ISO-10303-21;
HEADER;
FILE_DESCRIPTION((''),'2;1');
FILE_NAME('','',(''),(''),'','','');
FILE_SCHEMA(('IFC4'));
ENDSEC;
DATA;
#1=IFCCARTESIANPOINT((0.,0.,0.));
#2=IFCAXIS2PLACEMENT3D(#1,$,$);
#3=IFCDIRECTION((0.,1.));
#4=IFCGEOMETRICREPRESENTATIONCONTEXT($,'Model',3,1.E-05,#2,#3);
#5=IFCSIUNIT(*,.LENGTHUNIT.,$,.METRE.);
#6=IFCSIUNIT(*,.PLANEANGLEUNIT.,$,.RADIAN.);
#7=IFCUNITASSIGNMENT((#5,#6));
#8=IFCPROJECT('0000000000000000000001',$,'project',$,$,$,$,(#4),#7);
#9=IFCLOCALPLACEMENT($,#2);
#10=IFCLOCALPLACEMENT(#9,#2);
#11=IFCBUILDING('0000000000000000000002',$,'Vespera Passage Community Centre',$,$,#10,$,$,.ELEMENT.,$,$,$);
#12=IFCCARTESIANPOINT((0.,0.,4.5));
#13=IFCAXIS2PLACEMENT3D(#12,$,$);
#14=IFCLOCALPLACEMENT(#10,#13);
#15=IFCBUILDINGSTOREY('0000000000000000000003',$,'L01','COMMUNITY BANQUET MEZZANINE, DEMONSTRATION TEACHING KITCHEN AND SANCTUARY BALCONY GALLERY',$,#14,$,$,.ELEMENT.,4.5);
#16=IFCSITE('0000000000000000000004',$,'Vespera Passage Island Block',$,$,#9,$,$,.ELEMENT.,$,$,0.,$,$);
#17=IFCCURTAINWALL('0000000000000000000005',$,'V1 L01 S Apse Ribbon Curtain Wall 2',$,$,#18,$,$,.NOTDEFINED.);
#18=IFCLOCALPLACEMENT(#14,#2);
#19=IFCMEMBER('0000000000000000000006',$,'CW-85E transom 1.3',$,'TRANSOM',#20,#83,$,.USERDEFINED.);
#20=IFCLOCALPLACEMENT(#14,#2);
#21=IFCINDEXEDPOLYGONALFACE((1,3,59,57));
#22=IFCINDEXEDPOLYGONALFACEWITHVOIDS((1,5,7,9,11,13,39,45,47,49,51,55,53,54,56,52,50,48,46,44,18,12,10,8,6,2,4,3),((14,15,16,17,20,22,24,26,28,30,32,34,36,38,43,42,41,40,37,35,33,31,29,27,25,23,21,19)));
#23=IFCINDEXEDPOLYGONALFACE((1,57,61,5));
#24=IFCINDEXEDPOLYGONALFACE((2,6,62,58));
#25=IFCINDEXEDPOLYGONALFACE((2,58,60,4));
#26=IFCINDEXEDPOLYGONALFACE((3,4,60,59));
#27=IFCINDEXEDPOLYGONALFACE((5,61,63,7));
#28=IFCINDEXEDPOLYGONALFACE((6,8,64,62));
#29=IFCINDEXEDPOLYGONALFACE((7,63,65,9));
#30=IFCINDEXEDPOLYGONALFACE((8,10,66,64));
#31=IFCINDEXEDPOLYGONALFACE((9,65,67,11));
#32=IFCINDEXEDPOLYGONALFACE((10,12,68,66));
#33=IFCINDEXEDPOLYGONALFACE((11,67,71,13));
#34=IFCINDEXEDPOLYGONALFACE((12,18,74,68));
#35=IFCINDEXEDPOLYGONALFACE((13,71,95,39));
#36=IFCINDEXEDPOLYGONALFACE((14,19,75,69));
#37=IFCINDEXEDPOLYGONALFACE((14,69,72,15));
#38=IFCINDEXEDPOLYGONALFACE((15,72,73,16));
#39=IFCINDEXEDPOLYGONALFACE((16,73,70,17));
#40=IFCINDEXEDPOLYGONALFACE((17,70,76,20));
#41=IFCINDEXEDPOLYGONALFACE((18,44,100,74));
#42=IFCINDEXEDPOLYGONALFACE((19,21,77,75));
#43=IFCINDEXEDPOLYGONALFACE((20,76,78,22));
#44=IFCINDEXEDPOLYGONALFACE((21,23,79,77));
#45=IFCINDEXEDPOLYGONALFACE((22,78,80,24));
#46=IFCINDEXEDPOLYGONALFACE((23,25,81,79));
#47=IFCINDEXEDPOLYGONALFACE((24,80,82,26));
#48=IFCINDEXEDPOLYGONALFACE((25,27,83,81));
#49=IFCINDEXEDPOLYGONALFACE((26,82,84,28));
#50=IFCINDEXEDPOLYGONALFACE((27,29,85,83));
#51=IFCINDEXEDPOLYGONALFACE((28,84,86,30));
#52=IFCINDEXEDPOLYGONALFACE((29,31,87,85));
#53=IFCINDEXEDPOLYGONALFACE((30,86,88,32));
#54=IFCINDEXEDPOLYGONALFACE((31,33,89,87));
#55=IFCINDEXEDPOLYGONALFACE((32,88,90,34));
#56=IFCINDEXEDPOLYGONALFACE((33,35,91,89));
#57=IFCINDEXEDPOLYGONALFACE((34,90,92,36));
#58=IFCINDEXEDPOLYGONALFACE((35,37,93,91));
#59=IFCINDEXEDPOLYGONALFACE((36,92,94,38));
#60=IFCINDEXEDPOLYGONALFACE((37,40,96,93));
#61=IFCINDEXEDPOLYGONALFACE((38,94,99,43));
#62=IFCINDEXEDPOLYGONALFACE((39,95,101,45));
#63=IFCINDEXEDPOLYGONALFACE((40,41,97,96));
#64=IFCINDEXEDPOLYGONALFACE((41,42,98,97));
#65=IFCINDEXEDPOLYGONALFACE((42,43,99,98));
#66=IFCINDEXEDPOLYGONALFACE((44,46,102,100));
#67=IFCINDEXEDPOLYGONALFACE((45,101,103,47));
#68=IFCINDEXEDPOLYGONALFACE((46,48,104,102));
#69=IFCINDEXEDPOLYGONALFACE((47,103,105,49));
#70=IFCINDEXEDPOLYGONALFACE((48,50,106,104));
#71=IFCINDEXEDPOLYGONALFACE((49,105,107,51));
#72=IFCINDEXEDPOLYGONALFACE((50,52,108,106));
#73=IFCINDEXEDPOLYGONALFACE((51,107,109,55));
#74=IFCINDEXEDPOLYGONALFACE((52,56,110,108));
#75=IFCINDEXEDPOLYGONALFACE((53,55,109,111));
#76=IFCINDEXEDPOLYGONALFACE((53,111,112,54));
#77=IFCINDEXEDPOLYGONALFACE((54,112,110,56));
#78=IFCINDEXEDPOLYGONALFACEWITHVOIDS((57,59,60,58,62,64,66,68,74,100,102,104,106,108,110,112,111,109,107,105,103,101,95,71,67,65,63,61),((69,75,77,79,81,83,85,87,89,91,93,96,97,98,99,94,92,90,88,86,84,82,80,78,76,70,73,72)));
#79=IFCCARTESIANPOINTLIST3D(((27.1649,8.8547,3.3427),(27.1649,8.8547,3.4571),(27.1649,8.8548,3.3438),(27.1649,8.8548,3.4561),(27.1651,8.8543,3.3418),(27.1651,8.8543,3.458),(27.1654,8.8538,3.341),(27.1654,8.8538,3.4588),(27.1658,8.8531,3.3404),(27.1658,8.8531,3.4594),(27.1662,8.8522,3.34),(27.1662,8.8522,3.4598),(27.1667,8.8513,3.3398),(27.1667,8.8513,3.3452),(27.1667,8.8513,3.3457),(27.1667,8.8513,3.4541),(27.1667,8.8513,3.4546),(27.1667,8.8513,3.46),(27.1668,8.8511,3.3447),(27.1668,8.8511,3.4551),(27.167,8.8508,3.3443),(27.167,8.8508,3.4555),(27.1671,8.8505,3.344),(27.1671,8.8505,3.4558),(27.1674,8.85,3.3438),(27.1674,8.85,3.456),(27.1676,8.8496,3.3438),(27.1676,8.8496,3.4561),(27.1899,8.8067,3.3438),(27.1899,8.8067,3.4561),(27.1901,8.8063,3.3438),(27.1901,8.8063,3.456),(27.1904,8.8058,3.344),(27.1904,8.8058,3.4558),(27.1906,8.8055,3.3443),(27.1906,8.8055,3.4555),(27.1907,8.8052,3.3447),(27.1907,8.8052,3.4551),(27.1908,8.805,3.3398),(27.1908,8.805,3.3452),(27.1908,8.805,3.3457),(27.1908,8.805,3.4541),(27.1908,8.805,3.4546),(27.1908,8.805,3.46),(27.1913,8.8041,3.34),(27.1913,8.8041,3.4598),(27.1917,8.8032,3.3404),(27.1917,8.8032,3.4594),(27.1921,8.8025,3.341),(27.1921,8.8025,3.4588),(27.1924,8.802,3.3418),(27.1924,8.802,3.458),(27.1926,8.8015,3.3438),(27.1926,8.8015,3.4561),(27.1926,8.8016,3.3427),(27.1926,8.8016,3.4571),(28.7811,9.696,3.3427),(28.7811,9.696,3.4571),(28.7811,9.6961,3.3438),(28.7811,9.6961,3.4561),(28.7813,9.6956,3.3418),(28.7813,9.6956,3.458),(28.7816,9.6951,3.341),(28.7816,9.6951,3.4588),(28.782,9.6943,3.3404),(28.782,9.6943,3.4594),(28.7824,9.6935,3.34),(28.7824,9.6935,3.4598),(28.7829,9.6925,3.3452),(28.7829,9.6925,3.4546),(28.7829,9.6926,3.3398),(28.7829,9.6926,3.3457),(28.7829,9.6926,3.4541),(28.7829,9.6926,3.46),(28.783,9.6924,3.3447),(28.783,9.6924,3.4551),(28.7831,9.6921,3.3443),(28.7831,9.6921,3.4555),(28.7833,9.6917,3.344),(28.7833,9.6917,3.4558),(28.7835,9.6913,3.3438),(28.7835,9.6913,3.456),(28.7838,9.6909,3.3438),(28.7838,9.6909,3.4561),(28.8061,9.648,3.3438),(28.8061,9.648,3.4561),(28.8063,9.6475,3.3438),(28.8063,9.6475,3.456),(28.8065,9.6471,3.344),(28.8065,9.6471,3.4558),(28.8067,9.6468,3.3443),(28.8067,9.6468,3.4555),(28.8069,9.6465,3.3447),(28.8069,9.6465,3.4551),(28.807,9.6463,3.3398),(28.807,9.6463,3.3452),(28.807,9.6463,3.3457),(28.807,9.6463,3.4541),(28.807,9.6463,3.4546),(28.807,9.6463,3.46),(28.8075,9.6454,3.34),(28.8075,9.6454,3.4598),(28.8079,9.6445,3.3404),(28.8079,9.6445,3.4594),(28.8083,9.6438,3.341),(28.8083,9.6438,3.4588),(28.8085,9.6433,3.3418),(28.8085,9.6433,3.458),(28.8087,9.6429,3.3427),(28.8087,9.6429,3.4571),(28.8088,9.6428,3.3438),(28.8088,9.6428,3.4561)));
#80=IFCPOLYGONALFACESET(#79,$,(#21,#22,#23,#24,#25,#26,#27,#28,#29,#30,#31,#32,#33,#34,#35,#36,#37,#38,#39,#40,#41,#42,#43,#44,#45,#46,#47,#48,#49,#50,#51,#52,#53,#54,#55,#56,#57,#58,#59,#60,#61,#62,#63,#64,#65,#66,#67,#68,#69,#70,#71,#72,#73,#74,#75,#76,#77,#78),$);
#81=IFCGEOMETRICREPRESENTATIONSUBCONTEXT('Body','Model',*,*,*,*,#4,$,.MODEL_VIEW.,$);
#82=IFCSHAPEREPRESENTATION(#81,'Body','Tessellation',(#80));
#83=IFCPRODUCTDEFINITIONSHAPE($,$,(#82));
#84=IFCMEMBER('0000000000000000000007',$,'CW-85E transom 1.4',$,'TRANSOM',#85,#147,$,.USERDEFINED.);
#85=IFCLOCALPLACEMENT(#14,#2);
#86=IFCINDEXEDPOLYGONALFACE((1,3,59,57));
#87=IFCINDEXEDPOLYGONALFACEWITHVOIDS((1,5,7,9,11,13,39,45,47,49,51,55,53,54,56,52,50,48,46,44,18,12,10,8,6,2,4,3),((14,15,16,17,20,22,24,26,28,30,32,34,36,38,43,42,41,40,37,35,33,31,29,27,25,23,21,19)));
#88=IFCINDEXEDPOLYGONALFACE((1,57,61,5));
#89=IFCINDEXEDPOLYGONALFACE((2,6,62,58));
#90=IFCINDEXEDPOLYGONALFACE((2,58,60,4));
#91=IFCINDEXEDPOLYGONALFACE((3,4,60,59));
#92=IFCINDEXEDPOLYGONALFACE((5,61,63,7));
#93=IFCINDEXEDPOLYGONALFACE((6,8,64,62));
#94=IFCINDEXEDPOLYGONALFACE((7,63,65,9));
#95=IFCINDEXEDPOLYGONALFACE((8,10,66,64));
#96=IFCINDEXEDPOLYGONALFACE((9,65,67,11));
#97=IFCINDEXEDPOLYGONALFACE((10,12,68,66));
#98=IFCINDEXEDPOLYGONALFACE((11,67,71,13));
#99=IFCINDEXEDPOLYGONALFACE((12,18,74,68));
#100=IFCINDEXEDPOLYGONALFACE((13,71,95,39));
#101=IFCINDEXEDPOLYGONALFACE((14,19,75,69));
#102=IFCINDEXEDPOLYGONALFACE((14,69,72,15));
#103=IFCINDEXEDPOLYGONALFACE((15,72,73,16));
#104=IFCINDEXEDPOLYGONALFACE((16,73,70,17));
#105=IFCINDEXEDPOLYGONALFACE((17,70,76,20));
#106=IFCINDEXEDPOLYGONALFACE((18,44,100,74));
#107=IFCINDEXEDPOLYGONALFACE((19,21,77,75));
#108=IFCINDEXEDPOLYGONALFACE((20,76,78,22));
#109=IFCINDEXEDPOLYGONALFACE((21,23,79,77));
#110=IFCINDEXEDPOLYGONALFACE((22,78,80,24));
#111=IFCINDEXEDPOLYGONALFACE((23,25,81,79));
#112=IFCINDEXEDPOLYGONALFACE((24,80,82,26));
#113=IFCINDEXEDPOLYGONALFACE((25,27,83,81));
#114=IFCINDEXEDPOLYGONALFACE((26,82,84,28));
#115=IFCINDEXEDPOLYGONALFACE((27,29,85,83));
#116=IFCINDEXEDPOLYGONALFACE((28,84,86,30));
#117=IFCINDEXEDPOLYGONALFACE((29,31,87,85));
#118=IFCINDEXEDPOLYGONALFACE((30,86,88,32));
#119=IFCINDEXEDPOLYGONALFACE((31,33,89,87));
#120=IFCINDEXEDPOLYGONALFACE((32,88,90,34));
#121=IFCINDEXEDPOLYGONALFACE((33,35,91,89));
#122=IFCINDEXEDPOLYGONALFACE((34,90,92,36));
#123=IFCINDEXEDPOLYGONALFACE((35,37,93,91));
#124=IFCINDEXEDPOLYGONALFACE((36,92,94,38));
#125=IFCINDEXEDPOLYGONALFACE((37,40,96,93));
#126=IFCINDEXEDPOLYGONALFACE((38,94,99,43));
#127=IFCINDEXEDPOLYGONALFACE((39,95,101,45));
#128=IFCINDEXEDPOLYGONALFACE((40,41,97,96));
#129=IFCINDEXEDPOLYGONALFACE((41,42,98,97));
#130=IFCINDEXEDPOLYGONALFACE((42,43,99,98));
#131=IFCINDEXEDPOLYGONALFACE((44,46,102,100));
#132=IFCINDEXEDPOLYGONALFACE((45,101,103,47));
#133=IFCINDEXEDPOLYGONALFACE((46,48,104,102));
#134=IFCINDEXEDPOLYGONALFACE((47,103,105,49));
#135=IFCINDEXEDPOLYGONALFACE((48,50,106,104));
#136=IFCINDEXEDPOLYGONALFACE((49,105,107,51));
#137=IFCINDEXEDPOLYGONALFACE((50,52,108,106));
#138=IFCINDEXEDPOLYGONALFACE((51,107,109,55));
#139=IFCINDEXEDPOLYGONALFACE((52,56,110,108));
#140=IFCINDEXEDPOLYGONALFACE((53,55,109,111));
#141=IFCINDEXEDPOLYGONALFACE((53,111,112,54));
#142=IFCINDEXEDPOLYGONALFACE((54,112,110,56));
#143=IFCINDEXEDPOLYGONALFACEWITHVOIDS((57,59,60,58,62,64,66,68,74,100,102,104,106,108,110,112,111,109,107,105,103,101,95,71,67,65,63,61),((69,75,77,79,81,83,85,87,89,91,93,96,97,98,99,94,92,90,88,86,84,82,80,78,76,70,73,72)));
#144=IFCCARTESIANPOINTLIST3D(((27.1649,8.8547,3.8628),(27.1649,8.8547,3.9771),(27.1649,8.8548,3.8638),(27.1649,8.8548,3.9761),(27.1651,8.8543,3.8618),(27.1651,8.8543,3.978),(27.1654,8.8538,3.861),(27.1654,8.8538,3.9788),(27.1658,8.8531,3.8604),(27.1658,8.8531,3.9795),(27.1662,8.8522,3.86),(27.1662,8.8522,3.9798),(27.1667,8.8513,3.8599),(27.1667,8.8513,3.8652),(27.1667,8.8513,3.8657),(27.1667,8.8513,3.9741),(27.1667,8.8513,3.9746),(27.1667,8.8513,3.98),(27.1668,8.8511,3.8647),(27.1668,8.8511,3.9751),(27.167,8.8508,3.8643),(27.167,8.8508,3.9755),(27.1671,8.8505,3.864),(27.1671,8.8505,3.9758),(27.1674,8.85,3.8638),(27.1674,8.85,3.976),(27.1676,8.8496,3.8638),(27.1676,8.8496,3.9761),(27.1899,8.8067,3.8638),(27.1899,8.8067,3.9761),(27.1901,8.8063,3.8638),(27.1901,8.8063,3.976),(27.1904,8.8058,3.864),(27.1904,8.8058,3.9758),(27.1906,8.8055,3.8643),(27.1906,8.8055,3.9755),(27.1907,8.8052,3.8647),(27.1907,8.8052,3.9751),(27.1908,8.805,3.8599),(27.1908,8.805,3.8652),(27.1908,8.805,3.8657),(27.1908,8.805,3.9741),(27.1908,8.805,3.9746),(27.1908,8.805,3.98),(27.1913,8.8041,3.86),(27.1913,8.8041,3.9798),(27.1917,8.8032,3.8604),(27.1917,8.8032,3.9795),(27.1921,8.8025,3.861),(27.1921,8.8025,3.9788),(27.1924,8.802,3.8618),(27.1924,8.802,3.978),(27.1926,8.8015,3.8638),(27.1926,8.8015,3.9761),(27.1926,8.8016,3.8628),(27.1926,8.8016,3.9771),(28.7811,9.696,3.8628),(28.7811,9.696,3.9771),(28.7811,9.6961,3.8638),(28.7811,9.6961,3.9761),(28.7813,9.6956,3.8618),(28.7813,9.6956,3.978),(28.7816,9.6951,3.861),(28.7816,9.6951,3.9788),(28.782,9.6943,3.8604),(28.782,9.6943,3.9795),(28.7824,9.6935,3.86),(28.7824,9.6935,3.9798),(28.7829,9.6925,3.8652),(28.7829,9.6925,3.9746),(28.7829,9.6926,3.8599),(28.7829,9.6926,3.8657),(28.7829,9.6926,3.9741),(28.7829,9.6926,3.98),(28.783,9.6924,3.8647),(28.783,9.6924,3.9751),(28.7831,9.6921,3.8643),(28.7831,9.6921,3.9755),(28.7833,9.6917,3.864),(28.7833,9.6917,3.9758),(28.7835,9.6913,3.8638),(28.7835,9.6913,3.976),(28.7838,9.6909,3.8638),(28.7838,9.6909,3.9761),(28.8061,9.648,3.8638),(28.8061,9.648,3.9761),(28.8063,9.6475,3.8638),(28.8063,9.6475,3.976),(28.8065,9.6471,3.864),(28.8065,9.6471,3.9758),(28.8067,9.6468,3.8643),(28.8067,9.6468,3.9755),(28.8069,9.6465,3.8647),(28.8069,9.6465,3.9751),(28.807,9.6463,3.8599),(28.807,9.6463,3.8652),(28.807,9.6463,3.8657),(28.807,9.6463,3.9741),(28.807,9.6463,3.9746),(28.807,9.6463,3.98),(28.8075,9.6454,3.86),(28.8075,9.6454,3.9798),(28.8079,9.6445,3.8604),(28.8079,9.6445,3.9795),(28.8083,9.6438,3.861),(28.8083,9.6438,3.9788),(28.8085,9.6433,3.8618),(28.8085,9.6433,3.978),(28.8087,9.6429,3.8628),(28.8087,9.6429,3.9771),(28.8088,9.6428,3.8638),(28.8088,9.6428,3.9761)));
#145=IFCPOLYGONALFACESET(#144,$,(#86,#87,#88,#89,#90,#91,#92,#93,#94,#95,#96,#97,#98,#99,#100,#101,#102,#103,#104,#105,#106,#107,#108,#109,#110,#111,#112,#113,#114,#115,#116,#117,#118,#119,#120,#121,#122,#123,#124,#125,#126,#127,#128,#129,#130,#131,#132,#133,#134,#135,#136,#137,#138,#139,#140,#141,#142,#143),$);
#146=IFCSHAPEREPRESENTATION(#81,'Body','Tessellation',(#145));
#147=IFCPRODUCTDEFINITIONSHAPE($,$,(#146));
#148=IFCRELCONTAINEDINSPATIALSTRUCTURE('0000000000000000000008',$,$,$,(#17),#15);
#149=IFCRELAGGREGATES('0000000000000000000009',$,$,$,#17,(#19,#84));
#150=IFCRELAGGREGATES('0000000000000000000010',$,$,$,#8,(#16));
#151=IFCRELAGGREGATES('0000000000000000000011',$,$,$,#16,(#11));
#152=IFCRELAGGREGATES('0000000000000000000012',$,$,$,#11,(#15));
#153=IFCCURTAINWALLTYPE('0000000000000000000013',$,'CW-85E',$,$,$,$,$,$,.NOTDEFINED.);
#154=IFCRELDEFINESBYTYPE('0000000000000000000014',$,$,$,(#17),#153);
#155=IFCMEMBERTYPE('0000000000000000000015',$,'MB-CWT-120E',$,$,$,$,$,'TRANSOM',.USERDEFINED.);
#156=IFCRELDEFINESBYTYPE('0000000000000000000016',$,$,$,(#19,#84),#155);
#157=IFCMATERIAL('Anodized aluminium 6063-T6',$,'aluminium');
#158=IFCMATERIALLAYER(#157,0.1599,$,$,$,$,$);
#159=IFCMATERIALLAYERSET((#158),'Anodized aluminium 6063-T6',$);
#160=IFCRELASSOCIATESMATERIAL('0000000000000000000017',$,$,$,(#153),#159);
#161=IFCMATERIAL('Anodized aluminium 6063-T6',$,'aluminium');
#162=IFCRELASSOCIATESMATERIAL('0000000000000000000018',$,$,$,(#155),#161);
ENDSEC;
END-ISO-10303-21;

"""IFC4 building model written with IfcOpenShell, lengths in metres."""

from ifc_helpers import new_model, si_unit, direction, frame, origin, origin_2d, place, context, subcontext, project, spatial, hollow_rectangle, extrude, material, layer, layer_set, material_profile, profile_set, type_object, element, aggregate, save


model = new_model("IFC4")

# Units and contexts
model_context = context("Model", 3, precision=1e-05, world=origin(), true_north=direction((0.0, 1.0)))
body_context = subcontext(model_context, "Body", "Model", "MODEL_VIEW")
ifc_project = project(units=[si_unit("LENGTHUNIT", "METRE"), si_unit("PLANEANGLEUNIT", "RADIAN")], contexts=[model_context])

# Site, building, storey
site_placement = place(None, origin())
site = spatial("IfcSite", under=ifc_project, at=site_placement, Name="Vespera Passage Island Block", CompositionType="ELEMENT", RefElevation=0.0)
building_placement = place(site_placement, origin())
building = spatial("IfcBuilding", under=site, at=building_placement, Name="Vespera Passage Community Centre", CompositionType="ELEMENT")
storey_placement = place(building_placement, frame((0.0, 0.0, 4.5)))
storey = spatial("IfcBuildingStorey", under=building, at=storey_placement, Name="L01", Description="COMMUNITY BANQUET MEZZANINE, DEMONSTRATION TEACHING KITCHEN AND SANCTUARY BALCONY GALLERY", CompositionType="ELEMENT", Elevation=4.5)

# Curtain wall
ifc_material_1 = material(Name="Anodized aluminium 6063-T6", Category="aluminium")
ifc_layer_1 = layer(ifc_material_1, 0.1599)
ifc_layer_set_1 = layer_set([ifc_layer_1], Name="Anodized aluminium 6063-T6")
curtain_wall_type_1 = type_object("IfcCurtainWallType", Name="CW-85E", PredefinedType="NOTDEFINED", material=ifc_layer_set_1)
curtain_wall_1_placement = place(storey_placement, origin())
curtain_wall_1 = element("IfcCurtainWall", 1, at=curtain_wall_1_placement, inside=storey, type_object=curtain_wall_type_1, Name="V1 L01 S Apse Ribbon Curtain Wall 2", PredefinedType="NOTDEFINED")

# Members
ifc_material_2 = material(Name="Anodized aluminium 6063-T6", Category="aluminium")
ifc_material_profile_1 = material_profile(ifc_material_2, hollow_rectangle(XDim=0.0601, YDim=0.1201, WallThickness=0.0039, InnerFilletRadius=0.002, OuterFilletRadius=0.0039, at=origin_2d()), Name="ALU120X60X4")
ifc_profile_set_1 = profile_set([ifc_material_profile_1], Name="Anodized aluminium 6063-T6")
member_type_1 = type_object("IfcMemberType", Name="MB-CWT-120E", ElementType="TRANSOM", PredefinedType="USERDEFINED", material=ifc_profile_set_1)
member_1_placement = place(storey_placement, frame((28.7949, 9.6694, 3.3999), z_axis=(-0.887019, -0.461732, 0.0), x_axis=(0.461732, -0.887019, 0.0)))
member_1 = element("IfcMember", 2, at=member_1_placement, type_object=member_type_1, Name="CW-85E transom 1.3", ObjectType="TRANSOM", PredefinedType="USERDEFINED", context=body_context, shape_type="SweptSolid", body=[
    extrude(hollow_rectangle(XDim=0.0601, YDim=0.1201, WallThickness=0.0039, InnerFilletRadius=0.002, OuterFilletRadius=0.0039, at=origin_2d()), origin(), (0.0, 0.0, 1.0), 1.822),
])
member_2_placement = place(storey_placement, frame((28.7949, 9.6694, 3.9199), z_axis=(-0.887019, -0.461732, 0.0), x_axis=(0.461732, -0.887019, 0.0)))
member_2 = element("IfcMember", 3, at=member_2_placement, type_object=member_type_1, Name="CW-85E transom 1.4", ObjectType="TRANSOM", PredefinedType="USERDEFINED", context=body_context, shape_type="SweptSolid", body=[
    extrude(hollow_rectangle(XDim=0.0601, YDim=0.1201, WallThickness=0.0039, InnerFilletRadius=0.002, OuterFilletRadius=0.0039, at=origin_2d()), origin(), (0.0, 0.0, 1.0), 1.822),
])

aggregate(curtain_wall_1, [member_1, member_2])

save(model, "model.ifc")
